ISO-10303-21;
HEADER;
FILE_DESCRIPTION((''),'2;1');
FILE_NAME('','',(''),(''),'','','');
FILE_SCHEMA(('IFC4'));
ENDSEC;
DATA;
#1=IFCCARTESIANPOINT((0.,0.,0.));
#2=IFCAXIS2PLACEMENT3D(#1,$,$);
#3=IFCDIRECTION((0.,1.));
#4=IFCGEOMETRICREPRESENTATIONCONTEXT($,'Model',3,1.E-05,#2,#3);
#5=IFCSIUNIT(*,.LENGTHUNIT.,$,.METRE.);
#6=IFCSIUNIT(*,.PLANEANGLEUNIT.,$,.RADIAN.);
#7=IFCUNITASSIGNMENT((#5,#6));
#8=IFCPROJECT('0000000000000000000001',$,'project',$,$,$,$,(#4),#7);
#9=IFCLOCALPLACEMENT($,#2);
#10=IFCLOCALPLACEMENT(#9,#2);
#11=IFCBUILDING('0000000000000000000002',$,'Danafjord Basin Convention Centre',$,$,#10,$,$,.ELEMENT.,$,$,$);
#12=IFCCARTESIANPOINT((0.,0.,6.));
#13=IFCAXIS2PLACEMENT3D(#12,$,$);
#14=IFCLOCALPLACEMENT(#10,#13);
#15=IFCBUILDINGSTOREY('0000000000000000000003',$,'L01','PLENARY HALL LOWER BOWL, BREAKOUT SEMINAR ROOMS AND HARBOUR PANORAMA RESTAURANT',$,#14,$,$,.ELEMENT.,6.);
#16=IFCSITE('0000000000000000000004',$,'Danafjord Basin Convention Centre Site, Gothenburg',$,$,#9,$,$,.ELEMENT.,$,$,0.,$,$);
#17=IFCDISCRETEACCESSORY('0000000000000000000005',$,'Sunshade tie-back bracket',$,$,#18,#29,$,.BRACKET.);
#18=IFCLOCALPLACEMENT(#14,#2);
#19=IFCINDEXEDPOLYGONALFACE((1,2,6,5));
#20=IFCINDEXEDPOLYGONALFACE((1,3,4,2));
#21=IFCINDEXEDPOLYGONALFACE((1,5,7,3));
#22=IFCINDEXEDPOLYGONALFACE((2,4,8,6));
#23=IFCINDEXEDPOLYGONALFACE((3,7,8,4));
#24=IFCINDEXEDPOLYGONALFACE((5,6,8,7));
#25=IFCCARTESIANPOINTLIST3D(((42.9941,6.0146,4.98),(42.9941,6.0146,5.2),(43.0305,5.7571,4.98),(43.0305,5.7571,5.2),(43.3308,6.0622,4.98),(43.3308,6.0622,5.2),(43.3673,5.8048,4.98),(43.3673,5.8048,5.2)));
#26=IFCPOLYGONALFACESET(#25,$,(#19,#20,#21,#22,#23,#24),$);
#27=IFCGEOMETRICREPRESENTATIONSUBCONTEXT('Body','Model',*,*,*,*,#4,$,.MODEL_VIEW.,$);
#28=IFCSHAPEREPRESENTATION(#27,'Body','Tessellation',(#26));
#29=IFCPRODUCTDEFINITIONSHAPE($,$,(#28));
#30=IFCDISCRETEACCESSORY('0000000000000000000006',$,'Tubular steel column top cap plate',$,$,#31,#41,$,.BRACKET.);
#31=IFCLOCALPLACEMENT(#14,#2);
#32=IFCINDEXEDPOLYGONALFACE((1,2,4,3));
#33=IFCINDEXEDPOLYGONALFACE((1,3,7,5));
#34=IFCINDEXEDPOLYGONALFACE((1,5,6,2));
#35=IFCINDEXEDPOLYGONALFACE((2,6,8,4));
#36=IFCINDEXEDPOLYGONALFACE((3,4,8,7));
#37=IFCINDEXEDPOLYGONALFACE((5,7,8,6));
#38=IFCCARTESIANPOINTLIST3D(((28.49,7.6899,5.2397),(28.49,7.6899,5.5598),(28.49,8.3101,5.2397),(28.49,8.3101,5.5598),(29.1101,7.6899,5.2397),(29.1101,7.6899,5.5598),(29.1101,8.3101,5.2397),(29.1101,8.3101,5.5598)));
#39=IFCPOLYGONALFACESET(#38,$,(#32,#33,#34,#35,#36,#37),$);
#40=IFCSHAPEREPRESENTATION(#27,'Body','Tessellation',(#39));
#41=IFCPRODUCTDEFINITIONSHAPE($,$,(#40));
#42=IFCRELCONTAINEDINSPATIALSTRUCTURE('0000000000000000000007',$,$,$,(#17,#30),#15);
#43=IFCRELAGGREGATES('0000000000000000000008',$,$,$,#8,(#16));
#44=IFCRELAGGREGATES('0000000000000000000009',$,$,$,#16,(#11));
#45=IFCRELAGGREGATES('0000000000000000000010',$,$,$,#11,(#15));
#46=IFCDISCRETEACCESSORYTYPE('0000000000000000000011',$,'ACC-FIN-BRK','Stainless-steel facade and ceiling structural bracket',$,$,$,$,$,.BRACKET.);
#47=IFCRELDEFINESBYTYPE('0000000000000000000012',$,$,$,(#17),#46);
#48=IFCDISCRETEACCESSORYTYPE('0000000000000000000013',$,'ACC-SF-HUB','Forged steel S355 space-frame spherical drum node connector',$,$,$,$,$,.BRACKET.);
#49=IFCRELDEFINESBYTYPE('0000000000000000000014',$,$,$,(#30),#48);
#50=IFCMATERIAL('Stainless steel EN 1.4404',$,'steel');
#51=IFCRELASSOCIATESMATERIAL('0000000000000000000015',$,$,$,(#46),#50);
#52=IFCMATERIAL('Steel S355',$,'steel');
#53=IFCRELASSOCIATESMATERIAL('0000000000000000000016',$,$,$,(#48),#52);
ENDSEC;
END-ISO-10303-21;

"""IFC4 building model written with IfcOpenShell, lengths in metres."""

from ifc_helpers import new_model, si_unit, direction, frame, origin, origin_2d, place, context, subcontext, project, spatial, rectangle, extrude, material, type_object, element, save


model = new_model("IFC4")

# Units and contexts
model_context = context("Model", 3, precision=1e-05, world=origin(), true_north=direction((0.0, 1.0)))
body_context = subcontext(model_context, "Body", "Model", "MODEL_VIEW")
ifc_project = project(units=[si_unit("LENGTHUNIT", "METRE"), si_unit("PLANEANGLEUNIT", "RADIAN")], contexts=[model_context])

# Site, building, storey
site_placement = place(None, origin())
site = spatial("IfcSite", under=ifc_project, at=site_placement, Name="Danafjord Basin Convention Centre Site, Gothenburg", CompositionType="ELEMENT", RefElevation=0.0)
building_placement = place(site_placement, origin())
building = spatial("IfcBuilding", under=site, at=building_placement, Name="Danafjord Basin Convention Centre", CompositionType="ELEMENT")
storey_placement = place(building_placement, frame((0.0, 0.0, 6.0)))
storey = spatial("IfcBuildingStorey", under=building, at=storey_placement, Name="L01", Description="PLENARY HALL LOWER BOWL, BREAKOUT SEMINAR ROOMS AND HARBOUR PANORAMA RESTAURANT", CompositionType="ELEMENT", Elevation=6.0)

# Shared definitions
ifc_material_1 = material(Name="Steel S355", Category="steel")

# Discrete accessories
ifc_material_2 = material(Name="Stainless steel EN 1.4404", Category="steel")
discrete_accessory_type_1 = type_object("IfcDiscreteAccessoryType", Name="ACC-FIN-BRK", Description="Stainless-steel facade and ceiling structural bracket", PredefinedType="BRACKET", material=ifc_material_2)
discrete_accessory_1_placement = place(storey_placement, frame((43.1807, 5.9097, 4.98), z_axis=(0.0, 0.0, 1.0), x_axis=(0.990128, 0.140165, 0.0)))
element("IfcDiscreteAccessory", 1, at=discrete_accessory_1_placement, inside=storey, type_object=discrete_accessory_type_1, Name="Sunshade tie-back bracket", PredefinedType="BRACKET", context=body_context, shape_type="SweptSolid", body=[
    extrude(rectangle(XDim=0.3401, YDim=0.26, at=origin_2d()), origin(), (0.0, 0.0, 1.0), 0.22),
])
discrete_accessory_type_2 = type_object("IfcDiscreteAccessoryType", Name="ACC-SF-HUB", Description="Forged steel S355 space-frame spherical drum node connector", PredefinedType="BRACKET", material=ifc_material_1)
discrete_accessory_2_placement = place(storey_placement, frame((28.8, 8.0, 5.2397), z_axis=(0.0, 0.0, 1.0), x_axis=(1.0, 0.0, 0.0)))
element("IfcDiscreteAccessory", 2, at=discrete_accessory_2_placement, inside=storey, type_object=discrete_accessory_type_2, Name="Tubular steel column top cap plate", PredefinedType="BRACKET", context=body_context, shape_type="SweptSolid", body=[
    extrude(rectangle(XDim=0.6201, YDim=0.6201, at=origin_2d()), origin(), (0.0, 0.0, 1.0), 0.3201),
])

save(model, "model.ifc")
